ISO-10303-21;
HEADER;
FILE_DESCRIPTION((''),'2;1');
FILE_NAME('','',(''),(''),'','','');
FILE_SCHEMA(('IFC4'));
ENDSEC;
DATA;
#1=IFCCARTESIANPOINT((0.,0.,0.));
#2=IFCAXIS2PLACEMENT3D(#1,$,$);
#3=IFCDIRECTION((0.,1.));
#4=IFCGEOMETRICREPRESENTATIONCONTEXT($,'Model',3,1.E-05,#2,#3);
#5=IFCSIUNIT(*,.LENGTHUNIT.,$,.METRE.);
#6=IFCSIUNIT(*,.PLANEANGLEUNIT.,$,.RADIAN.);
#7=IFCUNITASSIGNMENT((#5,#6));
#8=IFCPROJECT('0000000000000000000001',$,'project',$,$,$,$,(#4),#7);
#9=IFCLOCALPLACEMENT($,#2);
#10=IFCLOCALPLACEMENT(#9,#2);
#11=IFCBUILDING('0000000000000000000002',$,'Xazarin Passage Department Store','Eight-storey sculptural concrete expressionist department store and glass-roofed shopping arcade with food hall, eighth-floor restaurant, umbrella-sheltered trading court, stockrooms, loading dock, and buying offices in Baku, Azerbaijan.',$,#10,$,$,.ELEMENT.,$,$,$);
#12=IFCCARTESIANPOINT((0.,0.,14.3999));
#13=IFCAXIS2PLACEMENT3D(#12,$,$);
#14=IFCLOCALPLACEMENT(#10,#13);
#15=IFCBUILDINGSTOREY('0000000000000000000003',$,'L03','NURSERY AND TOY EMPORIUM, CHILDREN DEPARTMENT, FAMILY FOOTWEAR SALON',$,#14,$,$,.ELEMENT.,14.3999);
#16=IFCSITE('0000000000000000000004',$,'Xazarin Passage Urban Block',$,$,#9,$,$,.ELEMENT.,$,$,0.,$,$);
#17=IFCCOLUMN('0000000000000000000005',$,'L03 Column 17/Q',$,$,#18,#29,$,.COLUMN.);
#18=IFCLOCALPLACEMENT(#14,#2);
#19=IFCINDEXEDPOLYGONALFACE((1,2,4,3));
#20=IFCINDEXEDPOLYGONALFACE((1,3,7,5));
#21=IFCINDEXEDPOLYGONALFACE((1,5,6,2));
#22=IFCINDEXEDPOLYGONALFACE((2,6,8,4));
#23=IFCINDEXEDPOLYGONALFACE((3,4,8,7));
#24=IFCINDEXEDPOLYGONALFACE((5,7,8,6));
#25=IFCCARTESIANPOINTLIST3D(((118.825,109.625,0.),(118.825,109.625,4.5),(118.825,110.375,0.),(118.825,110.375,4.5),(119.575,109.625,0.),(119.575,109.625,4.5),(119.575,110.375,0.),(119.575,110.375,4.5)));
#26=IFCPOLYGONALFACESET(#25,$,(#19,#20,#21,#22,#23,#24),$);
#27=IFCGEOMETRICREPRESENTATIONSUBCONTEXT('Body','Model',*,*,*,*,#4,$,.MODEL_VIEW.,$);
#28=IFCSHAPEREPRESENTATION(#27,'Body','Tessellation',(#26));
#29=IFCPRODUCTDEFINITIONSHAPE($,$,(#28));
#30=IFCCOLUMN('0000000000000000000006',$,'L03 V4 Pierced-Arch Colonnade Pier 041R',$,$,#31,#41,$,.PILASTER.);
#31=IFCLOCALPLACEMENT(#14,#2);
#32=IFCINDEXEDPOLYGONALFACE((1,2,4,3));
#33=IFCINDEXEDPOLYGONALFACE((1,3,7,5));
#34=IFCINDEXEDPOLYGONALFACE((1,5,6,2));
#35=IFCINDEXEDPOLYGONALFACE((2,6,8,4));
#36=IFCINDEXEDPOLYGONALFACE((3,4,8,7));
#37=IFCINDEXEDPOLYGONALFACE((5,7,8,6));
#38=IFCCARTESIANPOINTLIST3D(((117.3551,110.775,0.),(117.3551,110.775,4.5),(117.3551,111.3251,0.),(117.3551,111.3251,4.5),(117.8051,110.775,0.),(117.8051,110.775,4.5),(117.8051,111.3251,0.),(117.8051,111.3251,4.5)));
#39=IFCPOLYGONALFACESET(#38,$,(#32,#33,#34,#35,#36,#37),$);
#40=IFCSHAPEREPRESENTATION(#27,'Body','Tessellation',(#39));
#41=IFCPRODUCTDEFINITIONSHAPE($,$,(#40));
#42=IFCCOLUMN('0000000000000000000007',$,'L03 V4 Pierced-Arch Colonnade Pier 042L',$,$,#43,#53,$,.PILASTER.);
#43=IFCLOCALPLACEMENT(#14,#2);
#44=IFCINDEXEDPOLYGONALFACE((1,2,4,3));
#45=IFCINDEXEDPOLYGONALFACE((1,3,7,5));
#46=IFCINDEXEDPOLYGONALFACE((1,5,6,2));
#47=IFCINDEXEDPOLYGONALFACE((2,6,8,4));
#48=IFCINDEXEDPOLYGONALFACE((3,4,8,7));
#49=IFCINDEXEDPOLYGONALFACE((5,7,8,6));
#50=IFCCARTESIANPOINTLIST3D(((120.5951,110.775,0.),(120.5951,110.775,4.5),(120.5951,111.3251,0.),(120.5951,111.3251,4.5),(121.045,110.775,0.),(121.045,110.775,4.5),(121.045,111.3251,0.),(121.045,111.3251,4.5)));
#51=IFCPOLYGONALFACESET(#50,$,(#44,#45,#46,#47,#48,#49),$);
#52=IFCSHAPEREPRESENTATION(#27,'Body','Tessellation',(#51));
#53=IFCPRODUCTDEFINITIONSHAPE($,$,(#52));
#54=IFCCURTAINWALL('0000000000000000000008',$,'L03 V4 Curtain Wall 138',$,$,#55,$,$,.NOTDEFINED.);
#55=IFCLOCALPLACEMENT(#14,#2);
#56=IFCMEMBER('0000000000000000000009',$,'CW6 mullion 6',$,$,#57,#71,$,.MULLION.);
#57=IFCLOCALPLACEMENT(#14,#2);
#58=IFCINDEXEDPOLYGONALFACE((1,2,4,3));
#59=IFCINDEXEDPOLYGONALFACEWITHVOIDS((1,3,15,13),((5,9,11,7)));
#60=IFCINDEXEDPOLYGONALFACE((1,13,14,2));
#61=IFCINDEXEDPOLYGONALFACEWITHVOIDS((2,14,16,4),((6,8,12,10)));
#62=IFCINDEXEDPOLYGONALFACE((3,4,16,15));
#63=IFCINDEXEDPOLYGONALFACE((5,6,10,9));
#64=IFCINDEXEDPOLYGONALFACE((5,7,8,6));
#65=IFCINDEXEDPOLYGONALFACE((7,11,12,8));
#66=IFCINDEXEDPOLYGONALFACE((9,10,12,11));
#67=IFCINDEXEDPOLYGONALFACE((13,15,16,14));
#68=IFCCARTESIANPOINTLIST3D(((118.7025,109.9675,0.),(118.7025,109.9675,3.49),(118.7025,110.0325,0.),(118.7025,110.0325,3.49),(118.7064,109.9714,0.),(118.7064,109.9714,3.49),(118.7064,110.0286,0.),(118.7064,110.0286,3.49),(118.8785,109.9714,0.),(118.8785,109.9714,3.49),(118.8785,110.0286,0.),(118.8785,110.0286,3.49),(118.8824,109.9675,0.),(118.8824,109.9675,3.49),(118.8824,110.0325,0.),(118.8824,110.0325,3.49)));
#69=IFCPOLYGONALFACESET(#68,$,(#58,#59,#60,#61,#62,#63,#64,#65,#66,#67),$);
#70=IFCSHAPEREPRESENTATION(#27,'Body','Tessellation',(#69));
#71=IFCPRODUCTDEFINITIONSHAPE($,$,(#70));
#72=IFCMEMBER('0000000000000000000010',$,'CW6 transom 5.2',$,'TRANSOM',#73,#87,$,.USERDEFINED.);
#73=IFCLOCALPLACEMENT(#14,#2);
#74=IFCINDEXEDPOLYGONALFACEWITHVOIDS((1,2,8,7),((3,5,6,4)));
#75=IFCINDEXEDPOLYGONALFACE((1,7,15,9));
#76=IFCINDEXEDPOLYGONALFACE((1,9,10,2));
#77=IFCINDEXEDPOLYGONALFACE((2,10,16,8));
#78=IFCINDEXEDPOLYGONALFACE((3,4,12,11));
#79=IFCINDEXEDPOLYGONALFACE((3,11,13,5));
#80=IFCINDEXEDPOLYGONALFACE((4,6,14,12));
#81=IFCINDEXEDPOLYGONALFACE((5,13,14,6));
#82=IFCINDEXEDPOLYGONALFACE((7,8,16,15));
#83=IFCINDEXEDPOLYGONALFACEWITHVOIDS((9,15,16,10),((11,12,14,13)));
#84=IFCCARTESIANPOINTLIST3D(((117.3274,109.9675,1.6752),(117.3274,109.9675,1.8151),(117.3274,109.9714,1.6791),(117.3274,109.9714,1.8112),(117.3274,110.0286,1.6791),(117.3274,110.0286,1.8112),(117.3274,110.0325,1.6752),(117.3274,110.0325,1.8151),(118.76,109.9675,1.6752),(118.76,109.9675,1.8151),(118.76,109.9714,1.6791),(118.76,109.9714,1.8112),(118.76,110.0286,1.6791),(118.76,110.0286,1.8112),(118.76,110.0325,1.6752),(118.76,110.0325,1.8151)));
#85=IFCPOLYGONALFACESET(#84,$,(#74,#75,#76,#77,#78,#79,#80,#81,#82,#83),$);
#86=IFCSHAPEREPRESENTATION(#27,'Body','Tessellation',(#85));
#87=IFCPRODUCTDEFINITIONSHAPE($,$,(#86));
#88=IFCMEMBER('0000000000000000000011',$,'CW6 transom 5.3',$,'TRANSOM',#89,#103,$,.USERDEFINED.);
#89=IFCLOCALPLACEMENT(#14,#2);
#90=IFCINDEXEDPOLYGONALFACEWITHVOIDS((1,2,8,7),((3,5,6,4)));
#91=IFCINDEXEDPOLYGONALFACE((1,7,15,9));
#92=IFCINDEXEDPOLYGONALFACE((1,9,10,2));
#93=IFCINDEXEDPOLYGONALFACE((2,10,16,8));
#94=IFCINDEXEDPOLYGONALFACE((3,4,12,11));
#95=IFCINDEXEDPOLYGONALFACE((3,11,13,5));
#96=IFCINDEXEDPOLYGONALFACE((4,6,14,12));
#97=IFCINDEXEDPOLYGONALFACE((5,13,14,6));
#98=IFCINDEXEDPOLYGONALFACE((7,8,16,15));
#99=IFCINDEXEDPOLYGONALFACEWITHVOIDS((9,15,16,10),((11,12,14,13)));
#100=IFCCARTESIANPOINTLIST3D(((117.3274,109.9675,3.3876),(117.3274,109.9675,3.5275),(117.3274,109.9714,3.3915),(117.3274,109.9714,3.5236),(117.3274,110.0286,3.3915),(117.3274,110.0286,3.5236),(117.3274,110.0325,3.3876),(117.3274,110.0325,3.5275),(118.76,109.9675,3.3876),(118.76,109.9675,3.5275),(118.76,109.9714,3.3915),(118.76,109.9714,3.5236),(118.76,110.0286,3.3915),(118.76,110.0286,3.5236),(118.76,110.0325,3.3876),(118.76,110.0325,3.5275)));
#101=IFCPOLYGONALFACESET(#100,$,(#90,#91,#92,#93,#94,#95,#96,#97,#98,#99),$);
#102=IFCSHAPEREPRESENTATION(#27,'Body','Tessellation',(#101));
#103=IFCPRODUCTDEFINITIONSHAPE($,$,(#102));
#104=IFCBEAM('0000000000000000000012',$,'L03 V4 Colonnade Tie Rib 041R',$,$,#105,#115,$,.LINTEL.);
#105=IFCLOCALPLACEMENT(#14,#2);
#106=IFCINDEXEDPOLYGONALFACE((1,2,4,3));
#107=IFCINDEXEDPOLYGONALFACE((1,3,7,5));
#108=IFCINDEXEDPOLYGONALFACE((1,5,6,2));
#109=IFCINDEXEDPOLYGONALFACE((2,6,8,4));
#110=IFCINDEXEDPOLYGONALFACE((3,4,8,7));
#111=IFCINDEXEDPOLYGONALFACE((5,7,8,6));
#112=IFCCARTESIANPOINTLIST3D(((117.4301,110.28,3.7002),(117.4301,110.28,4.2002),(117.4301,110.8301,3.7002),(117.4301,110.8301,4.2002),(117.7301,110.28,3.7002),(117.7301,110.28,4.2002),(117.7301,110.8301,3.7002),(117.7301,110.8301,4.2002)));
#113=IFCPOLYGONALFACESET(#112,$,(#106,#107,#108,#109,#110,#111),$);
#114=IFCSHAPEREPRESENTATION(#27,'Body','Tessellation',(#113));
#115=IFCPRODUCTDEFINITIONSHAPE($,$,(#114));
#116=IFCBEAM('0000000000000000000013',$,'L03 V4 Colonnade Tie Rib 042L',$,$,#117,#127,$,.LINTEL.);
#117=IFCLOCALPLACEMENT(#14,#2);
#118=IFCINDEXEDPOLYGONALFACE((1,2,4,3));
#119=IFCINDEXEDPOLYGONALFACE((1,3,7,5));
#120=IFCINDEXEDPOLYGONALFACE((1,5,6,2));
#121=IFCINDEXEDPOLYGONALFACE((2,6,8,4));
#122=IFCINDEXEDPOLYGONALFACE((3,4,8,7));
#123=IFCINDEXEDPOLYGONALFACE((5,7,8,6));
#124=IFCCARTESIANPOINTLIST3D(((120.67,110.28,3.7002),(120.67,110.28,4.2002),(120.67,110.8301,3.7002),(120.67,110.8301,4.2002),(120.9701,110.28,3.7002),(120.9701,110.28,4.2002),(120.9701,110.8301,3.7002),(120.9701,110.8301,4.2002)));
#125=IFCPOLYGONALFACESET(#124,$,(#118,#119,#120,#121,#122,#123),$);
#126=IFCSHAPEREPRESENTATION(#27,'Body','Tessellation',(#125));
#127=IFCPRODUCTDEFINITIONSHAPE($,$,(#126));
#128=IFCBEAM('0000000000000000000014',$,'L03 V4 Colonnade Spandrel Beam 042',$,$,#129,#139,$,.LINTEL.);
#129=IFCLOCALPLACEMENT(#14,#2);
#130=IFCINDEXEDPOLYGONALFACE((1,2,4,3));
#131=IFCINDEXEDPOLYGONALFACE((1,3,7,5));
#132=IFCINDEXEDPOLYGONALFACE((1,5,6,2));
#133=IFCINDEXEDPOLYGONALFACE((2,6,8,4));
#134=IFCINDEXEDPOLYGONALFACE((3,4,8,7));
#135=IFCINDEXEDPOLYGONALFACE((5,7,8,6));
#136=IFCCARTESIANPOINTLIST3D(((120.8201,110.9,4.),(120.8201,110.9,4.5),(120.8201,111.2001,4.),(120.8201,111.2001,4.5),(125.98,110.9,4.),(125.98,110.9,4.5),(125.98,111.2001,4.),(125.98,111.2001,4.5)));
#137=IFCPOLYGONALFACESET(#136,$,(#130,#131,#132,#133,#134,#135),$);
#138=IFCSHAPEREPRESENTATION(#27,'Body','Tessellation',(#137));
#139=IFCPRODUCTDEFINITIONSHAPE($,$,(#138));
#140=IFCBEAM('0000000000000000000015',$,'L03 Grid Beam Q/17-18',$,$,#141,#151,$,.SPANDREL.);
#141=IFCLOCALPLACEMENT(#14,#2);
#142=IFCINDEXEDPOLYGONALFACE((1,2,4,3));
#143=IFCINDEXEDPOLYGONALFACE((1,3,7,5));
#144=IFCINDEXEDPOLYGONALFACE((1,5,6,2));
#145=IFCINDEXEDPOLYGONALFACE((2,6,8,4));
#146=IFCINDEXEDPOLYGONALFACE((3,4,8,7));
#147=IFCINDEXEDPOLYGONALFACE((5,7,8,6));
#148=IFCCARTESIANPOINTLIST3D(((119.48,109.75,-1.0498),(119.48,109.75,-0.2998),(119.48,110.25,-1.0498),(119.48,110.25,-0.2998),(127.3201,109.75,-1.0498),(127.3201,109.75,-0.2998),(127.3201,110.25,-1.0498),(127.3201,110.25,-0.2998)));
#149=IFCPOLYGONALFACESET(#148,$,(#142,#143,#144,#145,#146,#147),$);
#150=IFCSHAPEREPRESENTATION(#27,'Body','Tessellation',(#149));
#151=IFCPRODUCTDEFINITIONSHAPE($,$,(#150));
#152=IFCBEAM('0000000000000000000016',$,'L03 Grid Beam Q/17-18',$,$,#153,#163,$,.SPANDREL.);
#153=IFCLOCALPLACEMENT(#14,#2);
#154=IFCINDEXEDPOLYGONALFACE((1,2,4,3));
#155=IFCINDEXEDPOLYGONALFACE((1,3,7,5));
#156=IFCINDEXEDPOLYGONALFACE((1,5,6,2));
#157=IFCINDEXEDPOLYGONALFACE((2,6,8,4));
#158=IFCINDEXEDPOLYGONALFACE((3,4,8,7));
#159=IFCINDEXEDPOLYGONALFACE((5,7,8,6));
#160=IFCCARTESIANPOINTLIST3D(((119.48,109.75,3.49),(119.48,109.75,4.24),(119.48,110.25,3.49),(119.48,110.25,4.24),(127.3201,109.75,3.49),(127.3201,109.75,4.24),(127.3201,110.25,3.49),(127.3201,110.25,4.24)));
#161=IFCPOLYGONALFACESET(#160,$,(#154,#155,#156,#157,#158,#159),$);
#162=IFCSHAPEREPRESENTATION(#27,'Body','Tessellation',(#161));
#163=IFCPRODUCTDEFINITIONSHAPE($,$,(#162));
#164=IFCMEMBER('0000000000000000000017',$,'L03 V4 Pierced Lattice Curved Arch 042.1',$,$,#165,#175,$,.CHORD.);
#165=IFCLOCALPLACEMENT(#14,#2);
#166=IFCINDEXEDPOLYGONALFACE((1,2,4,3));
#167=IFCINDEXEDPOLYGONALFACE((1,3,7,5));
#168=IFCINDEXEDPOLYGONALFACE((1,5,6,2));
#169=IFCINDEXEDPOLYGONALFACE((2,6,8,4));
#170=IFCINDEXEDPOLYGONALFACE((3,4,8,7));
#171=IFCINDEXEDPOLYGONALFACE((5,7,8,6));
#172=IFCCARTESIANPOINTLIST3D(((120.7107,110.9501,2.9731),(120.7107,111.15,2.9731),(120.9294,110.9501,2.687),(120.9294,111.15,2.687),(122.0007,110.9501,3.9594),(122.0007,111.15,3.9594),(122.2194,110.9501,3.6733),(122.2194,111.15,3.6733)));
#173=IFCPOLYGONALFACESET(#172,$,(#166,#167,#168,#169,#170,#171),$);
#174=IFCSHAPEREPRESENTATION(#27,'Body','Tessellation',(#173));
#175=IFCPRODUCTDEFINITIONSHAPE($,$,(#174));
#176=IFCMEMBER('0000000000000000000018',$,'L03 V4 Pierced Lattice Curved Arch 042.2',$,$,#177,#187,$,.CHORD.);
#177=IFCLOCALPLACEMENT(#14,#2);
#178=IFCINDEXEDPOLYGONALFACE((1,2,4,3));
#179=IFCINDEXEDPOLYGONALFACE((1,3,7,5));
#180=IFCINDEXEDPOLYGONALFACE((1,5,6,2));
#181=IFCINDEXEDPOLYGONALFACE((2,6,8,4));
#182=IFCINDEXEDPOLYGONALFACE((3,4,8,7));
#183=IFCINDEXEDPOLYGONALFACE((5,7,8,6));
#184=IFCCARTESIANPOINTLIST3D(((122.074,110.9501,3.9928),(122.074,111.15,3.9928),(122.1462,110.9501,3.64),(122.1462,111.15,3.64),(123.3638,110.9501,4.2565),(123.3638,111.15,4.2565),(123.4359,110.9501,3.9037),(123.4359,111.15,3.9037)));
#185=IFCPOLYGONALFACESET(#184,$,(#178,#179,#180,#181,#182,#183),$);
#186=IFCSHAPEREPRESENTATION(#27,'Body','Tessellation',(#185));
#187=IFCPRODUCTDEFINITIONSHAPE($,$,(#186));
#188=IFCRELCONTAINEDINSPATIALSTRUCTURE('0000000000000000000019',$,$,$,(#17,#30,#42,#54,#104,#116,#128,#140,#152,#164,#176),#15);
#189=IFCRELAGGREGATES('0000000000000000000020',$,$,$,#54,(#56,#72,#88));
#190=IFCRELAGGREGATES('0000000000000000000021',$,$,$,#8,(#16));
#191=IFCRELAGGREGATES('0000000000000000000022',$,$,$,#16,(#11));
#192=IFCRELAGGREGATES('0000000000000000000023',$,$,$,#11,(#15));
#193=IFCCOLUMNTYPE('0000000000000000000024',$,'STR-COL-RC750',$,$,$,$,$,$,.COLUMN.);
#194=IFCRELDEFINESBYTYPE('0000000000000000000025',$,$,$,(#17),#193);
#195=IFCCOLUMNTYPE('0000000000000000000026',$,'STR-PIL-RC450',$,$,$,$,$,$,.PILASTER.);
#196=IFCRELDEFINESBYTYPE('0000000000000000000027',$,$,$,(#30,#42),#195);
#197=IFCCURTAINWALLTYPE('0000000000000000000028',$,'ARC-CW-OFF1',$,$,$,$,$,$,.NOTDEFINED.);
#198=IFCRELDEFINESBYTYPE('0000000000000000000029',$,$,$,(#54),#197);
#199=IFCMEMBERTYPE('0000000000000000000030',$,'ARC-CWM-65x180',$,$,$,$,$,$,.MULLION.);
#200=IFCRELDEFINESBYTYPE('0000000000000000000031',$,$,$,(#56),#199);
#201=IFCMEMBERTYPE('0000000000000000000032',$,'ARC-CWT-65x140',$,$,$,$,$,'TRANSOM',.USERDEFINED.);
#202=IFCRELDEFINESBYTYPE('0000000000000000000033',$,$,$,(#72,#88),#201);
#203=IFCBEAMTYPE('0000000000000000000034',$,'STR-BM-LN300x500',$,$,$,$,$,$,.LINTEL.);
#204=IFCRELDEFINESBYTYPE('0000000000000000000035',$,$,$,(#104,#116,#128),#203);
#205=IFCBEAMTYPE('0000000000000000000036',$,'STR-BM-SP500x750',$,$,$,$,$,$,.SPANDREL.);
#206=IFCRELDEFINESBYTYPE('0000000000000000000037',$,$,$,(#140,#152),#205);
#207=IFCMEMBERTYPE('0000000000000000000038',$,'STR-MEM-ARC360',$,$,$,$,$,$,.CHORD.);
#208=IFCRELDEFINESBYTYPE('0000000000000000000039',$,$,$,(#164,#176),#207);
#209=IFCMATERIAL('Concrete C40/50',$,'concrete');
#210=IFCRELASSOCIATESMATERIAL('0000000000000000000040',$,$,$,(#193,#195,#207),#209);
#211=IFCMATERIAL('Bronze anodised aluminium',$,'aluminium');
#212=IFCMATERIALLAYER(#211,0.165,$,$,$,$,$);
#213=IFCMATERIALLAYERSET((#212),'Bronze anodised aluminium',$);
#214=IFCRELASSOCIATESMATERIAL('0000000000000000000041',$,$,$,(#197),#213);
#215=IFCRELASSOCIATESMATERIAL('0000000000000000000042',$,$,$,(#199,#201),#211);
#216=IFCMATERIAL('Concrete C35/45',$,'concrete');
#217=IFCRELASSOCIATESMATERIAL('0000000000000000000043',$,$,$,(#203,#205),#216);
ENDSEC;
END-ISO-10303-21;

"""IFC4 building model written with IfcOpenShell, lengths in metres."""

from ifc_helpers import new_model, si_unit, direction, frame, origin, origin_2d, place, context, subcontext, project, spatial, rectangle, hollow_rectangle, extrude, material, layer, layer_set, material_profile, profile_set, type_object, element, aggregate, save


model = new_model("IFC4")

# Units and contexts
model_context = context("Model", 3, precision=1e-05, world=origin(), true_north=direction((0.0, 1.0)))
body_context = subcontext(model_context, "Body", "Model", "MODEL_VIEW")
ifc_project = project(units=[si_unit("LENGTHUNIT", "METRE"), si_unit("PLANEANGLEUNIT", "RADIAN")], contexts=[model_context])

# Site, building, storey
site_placement = place(None, origin())
site = spatial("IfcSite", under=ifc_project, at=site_placement, Name="Xazarin Passage Urban Block", CompositionType="ELEMENT", RefElevation=0.0)
building_placement = place(site_placement, origin())
building = spatial("IfcBuilding", under=site, at=building_placement, Name="Xazarin Passage Department Store", Description="Eight-storey sculptural concrete expressionist department store and glass-roofed shopping arcade with food hall, eighth-floor restaurant, umbrella-sheltered trading court, stockrooms, loading dock, and buying offices in Baku, Azerbaijan.", CompositionType="ELEMENT")
storey_placement = place(building_placement, frame((0.0, 0.0, 14.3999)))
storey = spatial("IfcBuildingStorey", under=building, at=storey_placement, Name="L03", Description="NURSERY AND TOY EMPORIUM, CHILDREN DEPARTMENT, FAMILY FOOTWEAR SALON", CompositionType="ELEMENT", Elevation=14.3999)

# Columns
ifc_material_1 = material(Name="Concrete C40/50", Category="concrete")
ifc_material_profile_1 = material_profile(ifc_material_1, rectangle(XDim=0.75, YDim=0.75, at=origin_2d()), Name="RC 750x750")
ifc_profile_set_1 = profile_set([ifc_material_profile_1], Name="Concrete C40/50")
column_type_1 = type_object("IfcColumnType", Name="STR-COL-RC750", PredefinedType="COLUMN", material=ifc_profile_set_1)
column_placement = place(storey_placement, frame((119.2, 110.0, 0.0), z_axis=(0.0, 0.0, 1.0), x_axis=(1.0, 0.0, 0.0)))
element("IfcColumn", 1, at=column_placement, inside=storey, type_object=column_type_1, Name="L03 Column 17/Q", PredefinedType="COLUMN", context=body_context, shape_type="SweptSolid", body=[
    extrude(rectangle(XDim=0.75, YDim=0.75, at=origin_2d()), origin(), (0.0, 0.0, 1.0), 4.5),
])
ifc_material_profile_2 = material_profile(ifc_material_1, rectangle(XDim=0.45, YDim=0.55, at=origin_2d()), Name="RC 450x550")
ifc_profile_set_2 = profile_set([ifc_material_profile_2], Name="Concrete C40/50")
column_type_2 = type_object("IfcColumnType", Name="STR-PIL-RC450", PredefinedType="PILASTER", material=ifc_profile_set_2)
for number, where, z_axis, x_axis, name in (
    (2, (117.5801, 111.05, 0.0), (0.0, 0.0, 1.0), (1.0, 0.0, 0.0), "L03 V4 Pierced-Arch Colonnade Pier 041R"),
    (3, (120.8201, 111.05, 0.0), (0.0, 0.0, 1.0), (1.0, 0.0, 0.0), "L03 V4 Pierced-Arch Colonnade Pier 042L"),
):
    element("IfcColumn", number, at=place(storey_placement, frame(where, z_axis=z_axis, x_axis=x_axis)), inside=storey, type_object=column_type_2, Name=name, PredefinedType="PILASTER", context=body_context, shape_type="SweptSolid", body=[
        extrude(rectangle(XDim=0.45, YDim=0.55, at=origin_2d()), origin(), (0.0, 0.0, 1.0), 4.5),
    ])

# Curtain wall, members
ifc_material_2 = material(Name="Bronze anodised aluminium", Category="aluminium")
ifc_layer_1 = layer(ifc_material_2, 0.165)
ifc_layer_set_1 = layer_set([ifc_layer_1], Name="Bronze anodised aluminium")
curtain_wall_type = type_object("IfcCurtainWallType", Name="ARC-CW-OFF1", PredefinedType="NOTDEFINED", material=ifc_layer_set_1)
curtain_wall_placement = place(storey_placement, origin())
curtain_wall = element("IfcCurtainWall", 4, at=curtain_wall_placement, inside=storey, type_object=curtain_wall_type, Name="L03 V4 Curtain Wall 138", PredefinedType="NOTDEFINED")
ifc_material_profile_3 = material_profile(ifc_material_2, hollow_rectangle(XDim=0.0649, YDim=0.1799, WallThickness=0.0039, at=origin_2d()), Name="ALU 65x180")
ifc_profile_set_3 = profile_set([ifc_material_profile_3], Name="Bronze anodised aluminium")
member_type_1 = type_object("IfcMemberType", Name="ARC-CWM-65x180", PredefinedType="MULLION", material=ifc_profile_set_3)
member_1_placement = place(storey_placement, frame((118.7925, 110.0, 0.0), z_axis=(0.0, 0.0, 1.0), x_axis=(0.0, 1.0, 0.0)))
member_1 = element("IfcMember", 5, at=member_1_placement, type_object=member_type_1, Name="CW6 mullion 6", PredefinedType="MULLION", context=body_context, shape_type="SweptSolid", body=[
    extrude(hollow_rectangle(XDim=0.0649, YDim=0.1799, WallThickness=0.0039, at=origin_2d()), origin(), (0.0, 0.0, 1.0), 3.49),
])
ifc_material_profile_4 = material_profile(ifc_material_2, hollow_rectangle(XDim=0.0649, YDim=0.1399, WallThickness=0.0039, at=origin_2d()), Name="ALU 65x140")
ifc_profile_set_4 = profile_set([ifc_material_profile_4], Name="Bronze anodised aluminium")
member_type_2 = type_object("IfcMemberType", Name="ARC-CWT-65x140", ElementType="TRANSOM", PredefinedType="USERDEFINED", material=ifc_profile_set_4)
member_2_placement = place(storey_placement, frame((117.3274, 110.0, 1.7451), z_axis=(1.0, 0.0, 0.0), x_axis=(0.0, 1.0, 0.0)))
member_2 = element("IfcMember", 6, at=member_2_placement, type_object=member_type_2, Name="CW6 transom 5.2", ObjectType="TRANSOM", PredefinedType="USERDEFINED", context=body_context, shape_type="SweptSolid", body=[
    extrude(hollow_rectangle(XDim=0.0649, YDim=0.1399, WallThickness=0.0039, at=origin_2d()), origin(), (0.0, 0.0, 1.0), 1.4326),
])
member_3_placement = place(storey_placement, frame((117.3274, 110.0, 3.4575), z_axis=(1.0, 0.0, 0.0), x_axis=(0.0, 1.0, 0.0)))
member_3 = element("IfcMember", 7, at=member_3_placement, type_object=member_type_2, Name="CW6 transom 5.3", ObjectType="TRANSOM", PredefinedType="USERDEFINED", context=body_context, shape_type="SweptSolid", body=[
    extrude(hollow_rectangle(XDim=0.0649, YDim=0.1399, WallThickness=0.0039, at=origin_2d()), origin(), (0.0, 0.0, 1.0), 1.4326),
])

# Beams
ifc_material_3 = material(Name="Concrete C35/45", Category="concrete")
ifc_material_profile_5 = material_profile(ifc_material_3, rectangle(XDim=0.3, YDim=0.5, at=origin_2d()), Name="RC 300x500")
ifc_profile_set_5 = profile_set([ifc_material_profile_5], Name="Concrete C35/45")
beam_type_1 = type_object("IfcBeamType", Name="STR-BM-LN300x500", PredefinedType="LINTEL", material=ifc_profile_set_5)
for number, where, z_axis, x_axis, name in (
    (8, (117.5801, 110.28, 3.9502), (0.0, 1.0, 0.0), (-1.0, 0.0, 0.0), "L03 V4 Colonnade Tie Rib 041R"),
    (9, (120.8201, 110.28, 3.9502), (0.0, 1.0, 0.0), (-1.0, 0.0, 0.0), "L03 V4 Colonnade Tie Rib 042L"),
):
    element("IfcBeam", number, at=place(storey_placement, frame(where, z_axis=z_axis, x_axis=x_axis)), inside=storey, type_object=beam_type_1, Name=name, PredefinedType="LINTEL", context=body_context, shape_type="SweptSolid", body=[
        extrude(rectangle(XDim=0.3, YDim=0.5, at=origin_2d()), origin(), (0.0, 0.0, 1.0), 0.55),
    ])
beam_placement = place(storey_placement, frame((120.8201, 111.05, 4.25), z_axis=(1.0, 0.0, 0.0), x_axis=(0.0, 1.0, 0.0)))
element("IfcBeam", 10, at=beam_placement, inside=storey, type_object=beam_type_1, Name="L03 V4 Colonnade Spandrel Beam 042", PredefinedType="LINTEL", context=body_context, shape_type="SweptSolid", body=[
    extrude(rectangle(XDim=0.3, YDim=0.5, at=origin_2d()), origin(), (0.0, 0.0, 1.0), 5.1599),
])
ifc_material_profile_6 = material_profile(ifc_material_3, rectangle(XDim=0.5, YDim=0.75, at=origin_2d()), Name="RC 500x750")
ifc_profile_set_6 = profile_set([ifc_material_profile_6], Name="Concrete C35/45")
beam_type_2 = type_object("IfcBeamType", Name="STR-BM-SP500x750", PredefinedType="SPANDREL", material=ifc_profile_set_6)
for number, where, z_axis, x_axis, name in (
    (11, (119.48, 110.0, -0.6748), (1.0, 0.0, 0.0), (0.0, 1.0, 0.0), "L03 Grid Beam Q/17-18"),
    (12, (119.48, 110.0, 3.865), (1.0, 0.0, 0.0), (0.0, 1.0, 0.0), "L03 Grid Beam Q/17-18"),
):
    element("IfcBeam", number, at=place(storey_placement, frame(where, z_axis=z_axis, x_axis=x_axis)), inside=storey, type_object=beam_type_2, Name=name, PredefinedType="SPANDREL", context=body_context, shape_type="SweptSolid", body=[
        extrude(rectangle(XDim=0.5, YDim=0.75, at=origin_2d()), origin(), (0.0, 0.0, 1.0), 7.8401),
    ])

# Members
ifc_material_profile_7 = material_profile(ifc_material_1, rectangle(XDim=0.2, YDim=0.3601, at=origin_2d()), Name="RC 200x360")
ifc_profile_set_7 = profile_set([ifc_material_profile_7], Name="Concrete C40/50")
member_type_3 = type_object("IfcMemberType", Name="STR-MEM-ARC360", PredefinedType="CHORD", material=ifc_profile_set_7)
member_4_placement = place(storey_placement, frame((120.8201, 111.05, 2.8301), z_axis=(0.794409, 0.0, 0.607383), x_axis=(0.0, 1.0, 0.0)))
element("IfcMember", 13, at=member_4_placement, inside=storey, type_object=member_type_3, Name="L03 V4 Pierced Lattice Curved Arch 042.1", PredefinedType="CHORD", context=body_context, shape_type="SweptSolid", body=[
    extrude(rectangle(XDim=0.2, YDim=0.3601, at=origin_2d()), origin(), (0.0, 0.0, 1.0), 1.6238),
])
member_5_placement = place(storey_placement, frame((122.1101, 111.05, 3.8164), z_axis=(0.979737, 0.0, 0.200287), x_axis=(0.0, 1.0, 0.0)))
element("IfcMember", 14, at=member_5_placement, inside=storey, type_object=member_type_3, Name="L03 V4 Pierced Lattice Curved Arch 042.2", PredefinedType="CHORD", context=body_context, shape_type="SweptSolid", body=[
    extrude(rectangle(XDim=0.2, YDim=0.3601, at=origin_2d()), origin(), (0.0, 0.0, 1.0), 1.3164),
])

aggregate(curtain_wall, [member_1, member_2, member_3])

save(model, "model.ifc")
